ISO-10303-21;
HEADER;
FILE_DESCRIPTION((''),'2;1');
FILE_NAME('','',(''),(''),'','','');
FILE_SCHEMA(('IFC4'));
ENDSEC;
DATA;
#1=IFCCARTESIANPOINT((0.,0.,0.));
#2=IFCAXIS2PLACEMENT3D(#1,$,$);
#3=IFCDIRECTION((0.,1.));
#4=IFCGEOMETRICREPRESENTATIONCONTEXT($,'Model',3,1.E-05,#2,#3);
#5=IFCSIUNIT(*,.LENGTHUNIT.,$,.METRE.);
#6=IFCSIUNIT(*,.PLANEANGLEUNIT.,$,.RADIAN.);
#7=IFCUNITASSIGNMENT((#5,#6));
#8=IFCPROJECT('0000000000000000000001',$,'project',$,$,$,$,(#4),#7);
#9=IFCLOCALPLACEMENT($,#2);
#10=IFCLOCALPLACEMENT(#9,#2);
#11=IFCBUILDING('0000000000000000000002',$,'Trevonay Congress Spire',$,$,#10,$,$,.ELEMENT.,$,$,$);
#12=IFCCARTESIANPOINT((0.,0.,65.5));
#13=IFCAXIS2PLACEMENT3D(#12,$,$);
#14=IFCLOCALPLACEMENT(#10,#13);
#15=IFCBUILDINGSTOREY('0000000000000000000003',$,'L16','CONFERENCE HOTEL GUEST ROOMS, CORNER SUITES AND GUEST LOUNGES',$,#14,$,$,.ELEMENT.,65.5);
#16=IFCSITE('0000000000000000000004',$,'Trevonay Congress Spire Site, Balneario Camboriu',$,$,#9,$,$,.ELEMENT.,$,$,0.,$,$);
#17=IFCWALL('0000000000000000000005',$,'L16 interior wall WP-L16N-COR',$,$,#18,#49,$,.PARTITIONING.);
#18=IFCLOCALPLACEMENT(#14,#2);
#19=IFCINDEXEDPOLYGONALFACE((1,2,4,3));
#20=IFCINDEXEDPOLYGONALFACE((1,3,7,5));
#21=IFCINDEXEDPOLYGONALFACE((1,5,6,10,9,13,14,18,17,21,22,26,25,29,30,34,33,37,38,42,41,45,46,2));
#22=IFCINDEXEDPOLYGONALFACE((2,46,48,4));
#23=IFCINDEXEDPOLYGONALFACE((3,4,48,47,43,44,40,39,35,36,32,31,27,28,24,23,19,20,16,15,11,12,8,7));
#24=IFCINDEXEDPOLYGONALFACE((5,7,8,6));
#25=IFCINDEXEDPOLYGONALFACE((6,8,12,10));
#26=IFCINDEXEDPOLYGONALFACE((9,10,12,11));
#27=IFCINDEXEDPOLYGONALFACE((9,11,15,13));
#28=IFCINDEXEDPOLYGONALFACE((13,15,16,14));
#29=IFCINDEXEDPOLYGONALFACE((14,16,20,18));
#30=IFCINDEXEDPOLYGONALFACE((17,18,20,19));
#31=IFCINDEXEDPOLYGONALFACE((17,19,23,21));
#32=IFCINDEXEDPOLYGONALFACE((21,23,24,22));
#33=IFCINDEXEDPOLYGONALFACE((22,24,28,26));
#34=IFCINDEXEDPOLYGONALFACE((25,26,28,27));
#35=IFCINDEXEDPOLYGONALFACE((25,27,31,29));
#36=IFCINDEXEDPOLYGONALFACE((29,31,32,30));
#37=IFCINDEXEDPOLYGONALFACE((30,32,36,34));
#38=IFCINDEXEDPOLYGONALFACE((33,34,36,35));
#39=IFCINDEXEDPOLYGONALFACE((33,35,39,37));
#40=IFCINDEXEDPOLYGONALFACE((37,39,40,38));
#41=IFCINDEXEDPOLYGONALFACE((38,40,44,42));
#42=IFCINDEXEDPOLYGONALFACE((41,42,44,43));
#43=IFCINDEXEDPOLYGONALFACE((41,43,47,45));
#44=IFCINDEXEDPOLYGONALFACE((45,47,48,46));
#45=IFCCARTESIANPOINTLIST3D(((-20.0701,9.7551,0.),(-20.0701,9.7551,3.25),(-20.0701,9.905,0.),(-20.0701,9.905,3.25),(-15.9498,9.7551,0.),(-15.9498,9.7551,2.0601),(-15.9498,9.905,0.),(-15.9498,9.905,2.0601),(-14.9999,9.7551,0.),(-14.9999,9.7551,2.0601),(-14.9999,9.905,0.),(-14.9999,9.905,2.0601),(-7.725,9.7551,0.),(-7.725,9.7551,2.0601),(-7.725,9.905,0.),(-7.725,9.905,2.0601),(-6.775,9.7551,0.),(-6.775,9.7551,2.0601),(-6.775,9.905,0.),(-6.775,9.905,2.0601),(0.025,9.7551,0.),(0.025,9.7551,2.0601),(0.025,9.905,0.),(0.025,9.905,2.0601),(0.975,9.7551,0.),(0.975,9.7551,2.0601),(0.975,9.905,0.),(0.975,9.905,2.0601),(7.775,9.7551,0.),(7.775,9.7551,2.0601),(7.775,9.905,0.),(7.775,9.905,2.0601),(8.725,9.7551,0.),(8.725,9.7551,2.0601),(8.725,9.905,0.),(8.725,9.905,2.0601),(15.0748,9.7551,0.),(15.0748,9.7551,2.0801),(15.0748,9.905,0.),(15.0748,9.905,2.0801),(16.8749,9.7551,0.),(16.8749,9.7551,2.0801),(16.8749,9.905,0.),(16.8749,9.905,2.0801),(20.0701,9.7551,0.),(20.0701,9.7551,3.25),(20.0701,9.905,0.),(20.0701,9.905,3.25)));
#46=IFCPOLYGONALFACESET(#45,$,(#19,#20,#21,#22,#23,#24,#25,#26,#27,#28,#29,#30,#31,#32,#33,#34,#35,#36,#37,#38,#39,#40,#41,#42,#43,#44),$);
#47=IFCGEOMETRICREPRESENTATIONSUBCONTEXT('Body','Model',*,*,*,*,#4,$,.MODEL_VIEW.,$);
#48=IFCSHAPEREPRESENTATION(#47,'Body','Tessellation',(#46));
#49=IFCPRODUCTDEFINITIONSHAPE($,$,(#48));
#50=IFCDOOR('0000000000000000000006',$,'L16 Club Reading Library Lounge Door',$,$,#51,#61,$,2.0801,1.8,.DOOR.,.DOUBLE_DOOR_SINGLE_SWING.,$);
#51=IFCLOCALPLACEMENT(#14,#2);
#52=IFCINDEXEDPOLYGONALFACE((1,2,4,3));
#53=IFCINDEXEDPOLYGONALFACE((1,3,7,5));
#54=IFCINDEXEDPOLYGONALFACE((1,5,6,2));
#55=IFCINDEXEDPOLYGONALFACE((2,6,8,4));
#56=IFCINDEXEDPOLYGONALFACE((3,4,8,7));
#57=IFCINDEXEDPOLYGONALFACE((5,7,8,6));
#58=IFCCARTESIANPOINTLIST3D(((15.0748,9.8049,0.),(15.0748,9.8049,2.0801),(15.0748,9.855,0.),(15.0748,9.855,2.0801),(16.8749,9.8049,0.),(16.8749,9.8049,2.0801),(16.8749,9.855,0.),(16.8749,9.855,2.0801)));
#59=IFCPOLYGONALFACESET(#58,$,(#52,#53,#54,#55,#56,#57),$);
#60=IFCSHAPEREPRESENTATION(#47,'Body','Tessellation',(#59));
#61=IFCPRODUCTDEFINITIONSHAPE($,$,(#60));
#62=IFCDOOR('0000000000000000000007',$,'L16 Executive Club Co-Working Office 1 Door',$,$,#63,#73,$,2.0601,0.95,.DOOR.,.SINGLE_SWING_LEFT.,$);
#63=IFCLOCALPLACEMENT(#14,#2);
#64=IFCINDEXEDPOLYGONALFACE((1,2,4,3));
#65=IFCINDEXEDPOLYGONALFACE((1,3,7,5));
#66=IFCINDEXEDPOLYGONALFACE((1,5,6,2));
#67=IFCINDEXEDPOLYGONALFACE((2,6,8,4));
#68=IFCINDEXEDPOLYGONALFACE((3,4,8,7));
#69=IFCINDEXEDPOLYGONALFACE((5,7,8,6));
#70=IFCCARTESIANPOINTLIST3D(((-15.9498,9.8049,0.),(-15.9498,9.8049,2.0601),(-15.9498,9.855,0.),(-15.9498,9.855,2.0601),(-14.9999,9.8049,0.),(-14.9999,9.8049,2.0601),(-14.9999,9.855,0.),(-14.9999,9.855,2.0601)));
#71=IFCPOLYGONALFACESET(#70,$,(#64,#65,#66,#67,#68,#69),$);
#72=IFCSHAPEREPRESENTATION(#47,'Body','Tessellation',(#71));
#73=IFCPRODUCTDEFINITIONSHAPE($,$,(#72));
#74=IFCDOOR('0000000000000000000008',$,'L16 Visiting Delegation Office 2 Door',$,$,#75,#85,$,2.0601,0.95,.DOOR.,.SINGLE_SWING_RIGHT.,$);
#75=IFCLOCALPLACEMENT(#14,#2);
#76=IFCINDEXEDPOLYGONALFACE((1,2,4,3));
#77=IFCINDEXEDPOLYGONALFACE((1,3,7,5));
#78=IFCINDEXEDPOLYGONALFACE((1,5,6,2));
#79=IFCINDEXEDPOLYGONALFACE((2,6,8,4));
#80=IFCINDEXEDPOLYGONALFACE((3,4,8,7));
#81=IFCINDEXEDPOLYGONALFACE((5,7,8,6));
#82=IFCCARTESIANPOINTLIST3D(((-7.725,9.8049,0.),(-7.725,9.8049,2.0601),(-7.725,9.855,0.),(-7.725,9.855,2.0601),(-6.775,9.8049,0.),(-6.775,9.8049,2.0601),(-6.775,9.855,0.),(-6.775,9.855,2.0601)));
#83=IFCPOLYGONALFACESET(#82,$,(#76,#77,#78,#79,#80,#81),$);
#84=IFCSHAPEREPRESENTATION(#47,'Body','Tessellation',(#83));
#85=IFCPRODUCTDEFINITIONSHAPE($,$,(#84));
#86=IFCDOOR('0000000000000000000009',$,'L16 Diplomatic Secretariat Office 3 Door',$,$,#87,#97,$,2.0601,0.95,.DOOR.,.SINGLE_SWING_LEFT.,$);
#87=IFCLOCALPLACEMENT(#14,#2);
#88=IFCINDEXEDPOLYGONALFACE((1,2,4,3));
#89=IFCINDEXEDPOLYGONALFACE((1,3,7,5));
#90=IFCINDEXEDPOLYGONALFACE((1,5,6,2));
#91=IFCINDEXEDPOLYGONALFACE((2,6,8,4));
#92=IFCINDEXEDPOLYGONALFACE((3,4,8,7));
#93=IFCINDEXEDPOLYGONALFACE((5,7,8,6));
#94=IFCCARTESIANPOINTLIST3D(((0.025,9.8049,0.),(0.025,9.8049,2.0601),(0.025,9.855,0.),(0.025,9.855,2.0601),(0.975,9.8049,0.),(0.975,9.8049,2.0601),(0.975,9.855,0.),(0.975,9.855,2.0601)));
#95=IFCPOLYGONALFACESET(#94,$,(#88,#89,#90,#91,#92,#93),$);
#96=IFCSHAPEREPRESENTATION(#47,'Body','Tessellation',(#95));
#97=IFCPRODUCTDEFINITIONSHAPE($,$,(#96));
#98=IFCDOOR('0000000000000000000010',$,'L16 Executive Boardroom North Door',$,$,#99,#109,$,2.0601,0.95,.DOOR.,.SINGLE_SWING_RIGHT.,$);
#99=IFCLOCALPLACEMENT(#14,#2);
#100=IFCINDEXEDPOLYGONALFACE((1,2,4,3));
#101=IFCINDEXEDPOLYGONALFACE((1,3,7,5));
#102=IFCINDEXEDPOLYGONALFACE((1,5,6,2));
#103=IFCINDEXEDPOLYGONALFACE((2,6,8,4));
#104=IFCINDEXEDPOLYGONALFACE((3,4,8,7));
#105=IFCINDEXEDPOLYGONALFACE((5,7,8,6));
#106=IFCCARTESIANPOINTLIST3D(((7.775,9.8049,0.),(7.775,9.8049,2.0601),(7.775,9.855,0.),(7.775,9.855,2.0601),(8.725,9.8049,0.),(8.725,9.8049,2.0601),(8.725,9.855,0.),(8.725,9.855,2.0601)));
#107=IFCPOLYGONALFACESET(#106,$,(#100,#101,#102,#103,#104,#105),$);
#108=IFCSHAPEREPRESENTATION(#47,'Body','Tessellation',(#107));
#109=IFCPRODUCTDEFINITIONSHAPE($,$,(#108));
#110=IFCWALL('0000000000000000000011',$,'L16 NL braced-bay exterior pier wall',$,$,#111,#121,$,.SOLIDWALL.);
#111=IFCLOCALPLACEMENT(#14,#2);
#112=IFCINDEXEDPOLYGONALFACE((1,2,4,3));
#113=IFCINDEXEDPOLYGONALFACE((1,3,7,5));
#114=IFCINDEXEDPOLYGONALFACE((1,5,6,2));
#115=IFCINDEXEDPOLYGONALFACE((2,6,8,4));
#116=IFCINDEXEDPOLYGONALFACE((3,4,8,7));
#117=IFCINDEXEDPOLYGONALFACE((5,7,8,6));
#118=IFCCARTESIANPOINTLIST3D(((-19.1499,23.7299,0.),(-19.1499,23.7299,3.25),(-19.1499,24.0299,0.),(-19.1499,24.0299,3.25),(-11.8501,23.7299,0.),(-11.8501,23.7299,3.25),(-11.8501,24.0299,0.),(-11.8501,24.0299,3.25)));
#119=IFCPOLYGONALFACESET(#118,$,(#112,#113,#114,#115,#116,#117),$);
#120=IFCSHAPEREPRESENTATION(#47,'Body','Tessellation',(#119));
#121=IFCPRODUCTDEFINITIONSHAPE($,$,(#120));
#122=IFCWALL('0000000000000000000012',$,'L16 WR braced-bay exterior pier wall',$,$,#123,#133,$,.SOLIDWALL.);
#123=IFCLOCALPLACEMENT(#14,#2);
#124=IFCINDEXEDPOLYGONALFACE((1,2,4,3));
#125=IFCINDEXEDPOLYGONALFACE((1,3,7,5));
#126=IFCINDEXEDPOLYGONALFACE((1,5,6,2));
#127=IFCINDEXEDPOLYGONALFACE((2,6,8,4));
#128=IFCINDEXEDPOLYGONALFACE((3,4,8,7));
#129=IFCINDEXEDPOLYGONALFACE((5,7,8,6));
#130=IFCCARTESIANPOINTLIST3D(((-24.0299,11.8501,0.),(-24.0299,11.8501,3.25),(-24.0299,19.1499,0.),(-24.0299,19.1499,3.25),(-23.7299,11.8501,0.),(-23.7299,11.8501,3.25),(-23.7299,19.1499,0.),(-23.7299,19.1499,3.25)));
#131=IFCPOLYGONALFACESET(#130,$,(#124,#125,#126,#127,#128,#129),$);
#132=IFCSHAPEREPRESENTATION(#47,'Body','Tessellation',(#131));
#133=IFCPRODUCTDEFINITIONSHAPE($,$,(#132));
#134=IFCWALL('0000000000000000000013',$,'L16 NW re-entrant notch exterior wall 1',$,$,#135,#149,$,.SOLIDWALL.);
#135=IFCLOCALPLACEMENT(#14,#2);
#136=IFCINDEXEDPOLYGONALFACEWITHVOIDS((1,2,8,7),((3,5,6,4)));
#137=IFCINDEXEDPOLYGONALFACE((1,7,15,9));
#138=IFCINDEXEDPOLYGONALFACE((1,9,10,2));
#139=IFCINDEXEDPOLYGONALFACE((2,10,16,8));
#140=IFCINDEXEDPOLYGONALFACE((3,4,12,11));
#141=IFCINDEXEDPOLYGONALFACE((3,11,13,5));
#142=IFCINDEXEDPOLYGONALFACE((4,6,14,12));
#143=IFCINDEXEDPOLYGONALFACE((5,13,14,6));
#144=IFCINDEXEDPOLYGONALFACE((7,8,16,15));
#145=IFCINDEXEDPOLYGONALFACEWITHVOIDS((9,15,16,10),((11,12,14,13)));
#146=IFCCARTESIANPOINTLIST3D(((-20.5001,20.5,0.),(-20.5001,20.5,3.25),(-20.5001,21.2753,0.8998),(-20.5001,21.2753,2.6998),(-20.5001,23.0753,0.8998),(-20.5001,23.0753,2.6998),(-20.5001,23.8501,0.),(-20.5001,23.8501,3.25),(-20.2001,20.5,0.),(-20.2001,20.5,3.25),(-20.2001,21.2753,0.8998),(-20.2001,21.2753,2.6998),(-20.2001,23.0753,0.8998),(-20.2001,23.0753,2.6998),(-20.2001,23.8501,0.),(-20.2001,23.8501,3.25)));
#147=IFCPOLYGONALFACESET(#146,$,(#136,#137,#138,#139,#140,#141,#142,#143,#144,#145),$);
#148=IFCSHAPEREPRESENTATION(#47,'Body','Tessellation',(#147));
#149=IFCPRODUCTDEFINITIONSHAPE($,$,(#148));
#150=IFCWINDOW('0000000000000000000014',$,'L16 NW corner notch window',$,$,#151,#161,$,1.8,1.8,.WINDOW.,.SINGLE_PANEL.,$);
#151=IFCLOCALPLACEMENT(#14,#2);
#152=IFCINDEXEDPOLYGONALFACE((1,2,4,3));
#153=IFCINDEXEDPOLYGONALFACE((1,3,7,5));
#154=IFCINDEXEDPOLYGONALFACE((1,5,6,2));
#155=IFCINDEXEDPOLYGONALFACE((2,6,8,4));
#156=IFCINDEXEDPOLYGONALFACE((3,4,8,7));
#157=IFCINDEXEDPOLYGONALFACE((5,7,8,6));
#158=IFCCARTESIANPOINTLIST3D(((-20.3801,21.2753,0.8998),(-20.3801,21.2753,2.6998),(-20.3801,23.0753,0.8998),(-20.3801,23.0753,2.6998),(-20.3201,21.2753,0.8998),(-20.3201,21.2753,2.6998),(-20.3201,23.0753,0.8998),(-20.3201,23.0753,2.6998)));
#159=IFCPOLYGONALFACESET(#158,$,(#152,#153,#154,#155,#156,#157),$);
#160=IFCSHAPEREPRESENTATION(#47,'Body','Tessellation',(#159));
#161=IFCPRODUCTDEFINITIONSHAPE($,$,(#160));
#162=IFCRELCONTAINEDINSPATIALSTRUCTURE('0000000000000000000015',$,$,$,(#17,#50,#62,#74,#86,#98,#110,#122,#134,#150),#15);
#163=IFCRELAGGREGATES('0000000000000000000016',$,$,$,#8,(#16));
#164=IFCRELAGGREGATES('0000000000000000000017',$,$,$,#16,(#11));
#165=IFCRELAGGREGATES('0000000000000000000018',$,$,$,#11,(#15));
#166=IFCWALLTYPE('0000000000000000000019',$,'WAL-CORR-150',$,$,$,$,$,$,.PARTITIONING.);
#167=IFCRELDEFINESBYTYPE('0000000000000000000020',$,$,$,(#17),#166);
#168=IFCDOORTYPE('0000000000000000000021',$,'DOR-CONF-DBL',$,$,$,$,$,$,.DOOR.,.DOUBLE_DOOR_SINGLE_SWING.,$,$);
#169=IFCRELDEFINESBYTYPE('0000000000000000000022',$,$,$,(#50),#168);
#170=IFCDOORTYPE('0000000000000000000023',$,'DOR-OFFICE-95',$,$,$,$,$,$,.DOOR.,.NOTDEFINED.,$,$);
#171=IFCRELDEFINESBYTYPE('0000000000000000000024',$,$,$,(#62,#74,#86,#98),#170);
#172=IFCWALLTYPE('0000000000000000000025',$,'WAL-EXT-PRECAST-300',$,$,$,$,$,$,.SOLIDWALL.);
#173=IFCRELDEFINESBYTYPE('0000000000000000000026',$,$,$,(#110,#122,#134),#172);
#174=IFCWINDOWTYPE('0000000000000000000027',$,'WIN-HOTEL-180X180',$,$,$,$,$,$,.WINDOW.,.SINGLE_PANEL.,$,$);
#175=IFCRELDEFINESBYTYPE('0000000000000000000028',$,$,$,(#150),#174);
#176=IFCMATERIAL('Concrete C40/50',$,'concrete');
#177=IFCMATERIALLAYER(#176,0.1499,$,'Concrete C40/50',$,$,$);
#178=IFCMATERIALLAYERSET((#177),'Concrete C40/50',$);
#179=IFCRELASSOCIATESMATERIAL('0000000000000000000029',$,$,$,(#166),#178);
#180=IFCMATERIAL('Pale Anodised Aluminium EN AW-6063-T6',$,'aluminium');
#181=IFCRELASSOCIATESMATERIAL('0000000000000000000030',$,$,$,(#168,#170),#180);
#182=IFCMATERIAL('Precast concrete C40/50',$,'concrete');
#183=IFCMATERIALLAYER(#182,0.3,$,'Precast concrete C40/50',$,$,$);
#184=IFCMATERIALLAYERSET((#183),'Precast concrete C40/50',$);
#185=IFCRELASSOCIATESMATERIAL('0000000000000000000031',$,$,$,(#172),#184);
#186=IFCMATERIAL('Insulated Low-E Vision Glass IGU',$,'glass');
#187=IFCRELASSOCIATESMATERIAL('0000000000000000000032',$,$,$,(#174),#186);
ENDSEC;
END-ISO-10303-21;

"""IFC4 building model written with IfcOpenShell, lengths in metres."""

from ifc_helpers import new_model, si_unit, direction, frame, frame_2d, origin, place, context, subcontext, project, spatial, rectangle, extrude, material, layer, layer_set, type_object, element, fill, save


model = new_model("IFC4")

# Units and contexts
model_context = context("Model", 3, precision=1e-05, world=origin(), true_north=direction((0.0, 1.0)))
body_context = subcontext(model_context, "Body", "Model", "MODEL_VIEW")
ifc_project = project(units=[si_unit("LENGTHUNIT", "METRE"), si_unit("PLANEANGLEUNIT", "RADIAN")], contexts=[model_context])

# Site, building, storey
site_placement = place(None, origin())
site = spatial("IfcSite", under=ifc_project, at=site_placement, Name="Trevonay Congress Spire Site, Balneario Camboriu", CompositionType="ELEMENT", RefElevation=0.0)
building_placement = place(site_placement, origin())
building = spatial("IfcBuilding", under=site, at=building_placement, Name="Trevonay Congress Spire", CompositionType="ELEMENT")
storey_placement = place(building_placement, frame((0.0, 0.0, 65.5)))
storey = spatial("IfcBuildingStorey", under=building, at=storey_placement, Name="L16", Description="CONFERENCE HOTEL GUEST ROOMS, CORNER SUITES AND GUEST LOUNGES", CompositionType="ELEMENT", Elevation=65.5)

# Shared definitions
ifc_material_1 = material(Name="Pale Anodised Aluminium EN AW-6063-T6", Category="aluminium")

# Shared definitions
ifc_material_2 = material(Name="Insulated Low-E Vision Glass IGU", Category="glass")

# Wall, openings, doors
ifc_material_3 = material(Name="Concrete C40/50", Category="concrete")
ifc_layer_1 = layer(ifc_material_3, 0.1499, Name="Concrete C40/50")
ifc_layer_set_1 = layer_set([ifc_layer_1], Name="Concrete C40/50")
wall_type_1 = type_object("IfcWallType", Name="WAL-CORR-150", PredefinedType="PARTITIONING", material=ifc_layer_set_1)
wall_1_placement = place(storey_placement, frame((-20.0701, 9.8301, 0.0), z_axis=(0.0, 0.0, 1.0), x_axis=(1.0, 0.0, 0.0)))
wall_1 = element("IfcWall", 1, at=wall_1_placement, inside=storey, type_object=wall_type_1, Name="L16 interior wall WP-L16N-COR", PredefinedType="PARTITIONING", context=body_context, shape_type="SweptSolid", body=[
    extrude(rectangle(XDim=40.1401, YDim=0.1499, at=frame_2d((20.0701, 0.0))), origin(), (0.0, 0.0, 1.0), 3.25),
])
opening_1_placement = place(wall_1_placement, frame((4.1201, 0.0, 0.0)))
opening_1 = element("IfcOpeningElement", 2, at=opening_1_placement, cuts=wall_1, PredefinedType="OPENING", context=body_context, shape_type="SweptSolid", body=[
    extrude(rectangle(XDim=0.95, YDim=2.0601, at=frame_2d((0.4751, 1.03))), frame((0.0, 0.085, 0.0), z_axis=(0.0, -1.0, 0.0), x_axis=(1.0, 0.0, 0.0)), (0.0, 0.0, 1.0), 0.1699),
])
opening_2_placement = place(wall_1_placement, frame((12.345, 0.0, 0.0)))
opening_2 = element("IfcOpeningElement", 3, at=opening_2_placement, cuts=wall_1, PredefinedType="OPENING", context=body_context, shape_type="SweptSolid", body=[
    extrude(rectangle(XDim=0.95, YDim=2.0601, at=frame_2d((0.4751, 1.03))), frame((0.0, 0.085, 0.0), z_axis=(0.0, -1.0, 0.0), x_axis=(1.0, 0.0, 0.0)), (0.0, 0.0, 1.0), 0.1699),
])
opening_3_placement = place(wall_1_placement, frame((20.095, 0.0, 0.0)))
opening_3 = element("IfcOpeningElement", 4, at=opening_3_placement, cuts=wall_1, PredefinedType="OPENING", context=body_context, shape_type="SweptSolid", body=[
    extrude(rectangle(XDim=0.95, YDim=2.0601, at=frame_2d((0.4751, 1.03))), frame((0.0, 0.085, 0.0), z_axis=(0.0, -1.0, 0.0), x_axis=(1.0, 0.0, 0.0)), (0.0, 0.0, 1.0), 0.1699),
])
opening_4_placement = place(wall_1_placement, frame((27.845, 0.0, 0.0)))
opening_4 = element("IfcOpeningElement", 5, at=opening_4_placement, cuts=wall_1, PredefinedType="OPENING", context=body_context, shape_type="SweptSolid", body=[
    extrude(rectangle(XDim=0.95, YDim=2.0601, at=frame_2d((0.4751, 1.03))), frame((0.0, 0.085, 0.0), z_axis=(0.0, -1.0, 0.0), x_axis=(1.0, 0.0, 0.0)), (0.0, 0.0, 1.0), 0.1699),
])
opening_5_placement = place(wall_1_placement, frame((35.145, 0.0, 0.0)))
opening_5 = element("IfcOpeningElement", 6, at=opening_5_placement, cuts=wall_1, PredefinedType="OPENING", context=body_context, shape_type="SweptSolid", body=[
    extrude(rectangle(XDim=1.8, YDim=2.0801, at=frame_2d((0.8999, 1.04))), frame((0.0, 0.085, 0.0), z_axis=(0.0, -1.0, 0.0), x_axis=(1.0, 0.0, 0.0)), (0.0, 0.0, 1.0), 0.1699),
])
door_type_1 = type_object("IfcDoorType", Name="DOR-CONF-DBL", OperationType="DOUBLE_DOOR_SINGLE_SWING", PredefinedType="DOOR", material=ifc_material_1)
door_1_placement = place(opening_5_placement, origin())
door_1 = element("IfcDoor", 7, at=door_1_placement, inside=storey, type_object=door_type_1, Name="L16 Club Reading Library Lounge Door", OperationType="DOUBLE_DOOR_SINGLE_SWING", OverallHeight=2.0801, OverallWidth=1.8, PredefinedType="DOOR", context=body_context, shape_type="SweptSolid", body=[
    extrude(rectangle(XDim=1.8, YDim=2.0801, at=frame_2d((0.8999, 1.04))), frame((0.0, 0.0249, 0.0), z_axis=(0.0, -1.0, 0.0), x_axis=(1.0, 0.0, 0.0)), (0.0, 0.0, 1.0), 0.05),
])
fill(opening_5, door_1)
door_type_2 = type_object("IfcDoorType", Name="DOR-OFFICE-95", OperationType="NOTDEFINED", PredefinedType="DOOR", material=ifc_material_1)
door_2_placement = place(opening_1_placement, origin())
door_2 = element("IfcDoor", 8, at=door_2_placement, inside=storey, type_object=door_type_2, Name="L16 Executive Club Co-Working Office 1 Door", OperationType="SINGLE_SWING_LEFT", OverallHeight=2.0601, OverallWidth=0.95, PredefinedType="DOOR", context=body_context, shape_type="SweptSolid", body=[
    extrude(rectangle(XDim=0.95, YDim=2.0601, at=frame_2d((0.4751, 1.03))), frame((0.0, 0.0249, 0.0), z_axis=(0.0, -1.0, 0.0), x_axis=(1.0, 0.0, 0.0)), (0.0, 0.0, 1.0), 0.05),
])
fill(opening_1, door_2)
door_3_placement = place(opening_2_placement, origin())
door_3 = element("IfcDoor", 9, at=door_3_placement, inside=storey, type_object=door_type_2, Name="L16 Visiting Delegation Office 2 Door", OperationType="SINGLE_SWING_RIGHT", OverallHeight=2.0601, OverallWidth=0.95, PredefinedType="DOOR", context=body_context, shape_type="SweptSolid", body=[
    extrude(rectangle(XDim=0.95, YDim=2.0601, at=frame_2d((0.4751, 1.03))), frame((0.0, 0.0249, 0.0), z_axis=(0.0, -1.0, 0.0), x_axis=(1.0, 0.0, 0.0)), (0.0, 0.0, 1.0), 0.05),
])
fill(opening_2, door_3)
door_4_placement = place(opening_3_placement, origin())
door_4 = element("IfcDoor", 10, at=door_4_placement, inside=storey, type_object=door_type_2, Name="L16 Diplomatic Secretariat Office 3 Door", OperationType="SINGLE_SWING_LEFT", OverallHeight=2.0601, OverallWidth=0.95, PredefinedType="DOOR", context=body_context, shape_type="SweptSolid", body=[
    extrude(rectangle(XDim=0.95, YDim=2.0601, at=frame_2d((0.4751, 1.03))), frame((0.0, 0.0249, 0.0), z_axis=(0.0, -1.0, 0.0), x_axis=(1.0, 0.0, 0.0)), (0.0, 0.0, 1.0), 0.05),
])
fill(opening_3, door_4)
door_5_placement = place(opening_4_placement, origin())
door_5 = element("IfcDoor", 11, at=door_5_placement, inside=storey, type_object=door_type_2, Name="L16 Executive Boardroom North Door", OperationType="SINGLE_SWING_RIGHT", OverallHeight=2.0601, OverallWidth=0.95, PredefinedType="DOOR", context=body_context, shape_type="SweptSolid", body=[
    extrude(rectangle(XDim=0.95, YDim=2.0601, at=frame_2d((0.4751, 1.03))), frame((0.0, 0.0249, 0.0), z_axis=(0.0, -1.0, 0.0), x_axis=(1.0, 0.0, 0.0)), (0.0, 0.0, 1.0), 0.05),
])
fill(opening_4, door_5)

# Walls
ifc_material_4 = material(Name="Precast concrete C40/50", Category="concrete")
ifc_layer_2 = layer(ifc_material_4, 0.3, Name="Precast concrete C40/50")
ifc_layer_set_2 = layer_set([ifc_layer_2], Name="Precast concrete C40/50")
wall_type_2 = type_object("IfcWallType", Name="WAL-EXT-PRECAST-300", PredefinedType="SOLIDWALL", material=ifc_layer_set_2)
for number, where, z_axis, x_axis, name in (
    (12, (-19.1499, 23.8799, 0.0), (0.0, 0.0, 1.0), (1.0, 0.0, 0.0), "L16 NL braced-bay exterior pier wall"),
    (13, (-23.8799, 11.8501, 0.0), (0.0, 0.0, 1.0), (0.0, 1.0, 0.0), "L16 WR braced-bay exterior pier wall"),
):
    element("IfcWall", number, at=place(storey_placement, frame(where, z_axis=z_axis, x_axis=x_axis)), inside=storey, type_object=wall_type_2, Name=name, PredefinedType="SOLIDWALL", context=body_context, shape_type="SweptSolid", body=[
        extrude(rectangle(XDim=7.2998, YDim=0.3, at=frame_2d((3.6499, 0.0))), origin(), (0.0, 0.0, 1.0), 3.25),
    ])

# Wall, opening, window
wall_2_placement = place(storey_placement, frame((-20.3501, 23.8501, 0.0), z_axis=(0.0, 0.0, 1.0), x_axis=(0.0, -1.0, 0.0)))
wall_2 = element("IfcWall", 14, at=wall_2_placement, inside=storey, type_object=wall_type_2, Name="L16 NW re-entrant notch exterior wall 1", PredefinedType="SOLIDWALL", context=body_context, shape_type="SweptSolid", body=[
    extrude(rectangle(XDim=3.3501, YDim=0.3, at=frame_2d((1.675, 0.0))), origin(), (0.0, 0.0, 1.0), 3.25),
])
opening_6_placement = place(wall_2_placement, frame((0.7749, 0.0, 0.8999)))
opening_6 = element("IfcOpeningElement", 15, at=opening_6_placement, cuts=wall_2, PredefinedType="OPENING", context=body_context, shape_type="SweptSolid", body=[
    extrude(rectangle(XDim=1.8, YDim=1.8, at=frame_2d((0.8999, 0.8999))), frame((0.0, 0.1602, 0.0), z_axis=(0.0, -1.0, 0.0), x_axis=(1.0, 0.0, 0.0)), (0.0, 0.0, 1.0), 0.3201),
])
window_type = type_object("IfcWindowType", Name="WIN-HOTEL-180X180", PartitioningType="SINGLE_PANEL", PredefinedType="WINDOW", material=ifc_material_2)
window_placement = place(opening_6_placement, origin())
window = element("IfcWindow", 16, at=window_placement, inside=storey, type_object=window_type, Name="L16 NW corner notch window", OverallHeight=1.8, OverallWidth=1.8, PartitioningType="SINGLE_PANEL", PredefinedType="WINDOW", context=body_context, shape_type="SweptSolid", body=[
    extrude(rectangle(XDim=1.8, YDim=1.8, at=frame_2d((0.8999, 0.8999))), frame((0.0, 0.03, 0.0), z_axis=(0.0, -1.0, 0.0), x_axis=(1.0, 0.0, 0.0)), (0.0, 0.0, 1.0), 0.0601),
])
fill(opening_6, window)

save(model, "model.ifc")
